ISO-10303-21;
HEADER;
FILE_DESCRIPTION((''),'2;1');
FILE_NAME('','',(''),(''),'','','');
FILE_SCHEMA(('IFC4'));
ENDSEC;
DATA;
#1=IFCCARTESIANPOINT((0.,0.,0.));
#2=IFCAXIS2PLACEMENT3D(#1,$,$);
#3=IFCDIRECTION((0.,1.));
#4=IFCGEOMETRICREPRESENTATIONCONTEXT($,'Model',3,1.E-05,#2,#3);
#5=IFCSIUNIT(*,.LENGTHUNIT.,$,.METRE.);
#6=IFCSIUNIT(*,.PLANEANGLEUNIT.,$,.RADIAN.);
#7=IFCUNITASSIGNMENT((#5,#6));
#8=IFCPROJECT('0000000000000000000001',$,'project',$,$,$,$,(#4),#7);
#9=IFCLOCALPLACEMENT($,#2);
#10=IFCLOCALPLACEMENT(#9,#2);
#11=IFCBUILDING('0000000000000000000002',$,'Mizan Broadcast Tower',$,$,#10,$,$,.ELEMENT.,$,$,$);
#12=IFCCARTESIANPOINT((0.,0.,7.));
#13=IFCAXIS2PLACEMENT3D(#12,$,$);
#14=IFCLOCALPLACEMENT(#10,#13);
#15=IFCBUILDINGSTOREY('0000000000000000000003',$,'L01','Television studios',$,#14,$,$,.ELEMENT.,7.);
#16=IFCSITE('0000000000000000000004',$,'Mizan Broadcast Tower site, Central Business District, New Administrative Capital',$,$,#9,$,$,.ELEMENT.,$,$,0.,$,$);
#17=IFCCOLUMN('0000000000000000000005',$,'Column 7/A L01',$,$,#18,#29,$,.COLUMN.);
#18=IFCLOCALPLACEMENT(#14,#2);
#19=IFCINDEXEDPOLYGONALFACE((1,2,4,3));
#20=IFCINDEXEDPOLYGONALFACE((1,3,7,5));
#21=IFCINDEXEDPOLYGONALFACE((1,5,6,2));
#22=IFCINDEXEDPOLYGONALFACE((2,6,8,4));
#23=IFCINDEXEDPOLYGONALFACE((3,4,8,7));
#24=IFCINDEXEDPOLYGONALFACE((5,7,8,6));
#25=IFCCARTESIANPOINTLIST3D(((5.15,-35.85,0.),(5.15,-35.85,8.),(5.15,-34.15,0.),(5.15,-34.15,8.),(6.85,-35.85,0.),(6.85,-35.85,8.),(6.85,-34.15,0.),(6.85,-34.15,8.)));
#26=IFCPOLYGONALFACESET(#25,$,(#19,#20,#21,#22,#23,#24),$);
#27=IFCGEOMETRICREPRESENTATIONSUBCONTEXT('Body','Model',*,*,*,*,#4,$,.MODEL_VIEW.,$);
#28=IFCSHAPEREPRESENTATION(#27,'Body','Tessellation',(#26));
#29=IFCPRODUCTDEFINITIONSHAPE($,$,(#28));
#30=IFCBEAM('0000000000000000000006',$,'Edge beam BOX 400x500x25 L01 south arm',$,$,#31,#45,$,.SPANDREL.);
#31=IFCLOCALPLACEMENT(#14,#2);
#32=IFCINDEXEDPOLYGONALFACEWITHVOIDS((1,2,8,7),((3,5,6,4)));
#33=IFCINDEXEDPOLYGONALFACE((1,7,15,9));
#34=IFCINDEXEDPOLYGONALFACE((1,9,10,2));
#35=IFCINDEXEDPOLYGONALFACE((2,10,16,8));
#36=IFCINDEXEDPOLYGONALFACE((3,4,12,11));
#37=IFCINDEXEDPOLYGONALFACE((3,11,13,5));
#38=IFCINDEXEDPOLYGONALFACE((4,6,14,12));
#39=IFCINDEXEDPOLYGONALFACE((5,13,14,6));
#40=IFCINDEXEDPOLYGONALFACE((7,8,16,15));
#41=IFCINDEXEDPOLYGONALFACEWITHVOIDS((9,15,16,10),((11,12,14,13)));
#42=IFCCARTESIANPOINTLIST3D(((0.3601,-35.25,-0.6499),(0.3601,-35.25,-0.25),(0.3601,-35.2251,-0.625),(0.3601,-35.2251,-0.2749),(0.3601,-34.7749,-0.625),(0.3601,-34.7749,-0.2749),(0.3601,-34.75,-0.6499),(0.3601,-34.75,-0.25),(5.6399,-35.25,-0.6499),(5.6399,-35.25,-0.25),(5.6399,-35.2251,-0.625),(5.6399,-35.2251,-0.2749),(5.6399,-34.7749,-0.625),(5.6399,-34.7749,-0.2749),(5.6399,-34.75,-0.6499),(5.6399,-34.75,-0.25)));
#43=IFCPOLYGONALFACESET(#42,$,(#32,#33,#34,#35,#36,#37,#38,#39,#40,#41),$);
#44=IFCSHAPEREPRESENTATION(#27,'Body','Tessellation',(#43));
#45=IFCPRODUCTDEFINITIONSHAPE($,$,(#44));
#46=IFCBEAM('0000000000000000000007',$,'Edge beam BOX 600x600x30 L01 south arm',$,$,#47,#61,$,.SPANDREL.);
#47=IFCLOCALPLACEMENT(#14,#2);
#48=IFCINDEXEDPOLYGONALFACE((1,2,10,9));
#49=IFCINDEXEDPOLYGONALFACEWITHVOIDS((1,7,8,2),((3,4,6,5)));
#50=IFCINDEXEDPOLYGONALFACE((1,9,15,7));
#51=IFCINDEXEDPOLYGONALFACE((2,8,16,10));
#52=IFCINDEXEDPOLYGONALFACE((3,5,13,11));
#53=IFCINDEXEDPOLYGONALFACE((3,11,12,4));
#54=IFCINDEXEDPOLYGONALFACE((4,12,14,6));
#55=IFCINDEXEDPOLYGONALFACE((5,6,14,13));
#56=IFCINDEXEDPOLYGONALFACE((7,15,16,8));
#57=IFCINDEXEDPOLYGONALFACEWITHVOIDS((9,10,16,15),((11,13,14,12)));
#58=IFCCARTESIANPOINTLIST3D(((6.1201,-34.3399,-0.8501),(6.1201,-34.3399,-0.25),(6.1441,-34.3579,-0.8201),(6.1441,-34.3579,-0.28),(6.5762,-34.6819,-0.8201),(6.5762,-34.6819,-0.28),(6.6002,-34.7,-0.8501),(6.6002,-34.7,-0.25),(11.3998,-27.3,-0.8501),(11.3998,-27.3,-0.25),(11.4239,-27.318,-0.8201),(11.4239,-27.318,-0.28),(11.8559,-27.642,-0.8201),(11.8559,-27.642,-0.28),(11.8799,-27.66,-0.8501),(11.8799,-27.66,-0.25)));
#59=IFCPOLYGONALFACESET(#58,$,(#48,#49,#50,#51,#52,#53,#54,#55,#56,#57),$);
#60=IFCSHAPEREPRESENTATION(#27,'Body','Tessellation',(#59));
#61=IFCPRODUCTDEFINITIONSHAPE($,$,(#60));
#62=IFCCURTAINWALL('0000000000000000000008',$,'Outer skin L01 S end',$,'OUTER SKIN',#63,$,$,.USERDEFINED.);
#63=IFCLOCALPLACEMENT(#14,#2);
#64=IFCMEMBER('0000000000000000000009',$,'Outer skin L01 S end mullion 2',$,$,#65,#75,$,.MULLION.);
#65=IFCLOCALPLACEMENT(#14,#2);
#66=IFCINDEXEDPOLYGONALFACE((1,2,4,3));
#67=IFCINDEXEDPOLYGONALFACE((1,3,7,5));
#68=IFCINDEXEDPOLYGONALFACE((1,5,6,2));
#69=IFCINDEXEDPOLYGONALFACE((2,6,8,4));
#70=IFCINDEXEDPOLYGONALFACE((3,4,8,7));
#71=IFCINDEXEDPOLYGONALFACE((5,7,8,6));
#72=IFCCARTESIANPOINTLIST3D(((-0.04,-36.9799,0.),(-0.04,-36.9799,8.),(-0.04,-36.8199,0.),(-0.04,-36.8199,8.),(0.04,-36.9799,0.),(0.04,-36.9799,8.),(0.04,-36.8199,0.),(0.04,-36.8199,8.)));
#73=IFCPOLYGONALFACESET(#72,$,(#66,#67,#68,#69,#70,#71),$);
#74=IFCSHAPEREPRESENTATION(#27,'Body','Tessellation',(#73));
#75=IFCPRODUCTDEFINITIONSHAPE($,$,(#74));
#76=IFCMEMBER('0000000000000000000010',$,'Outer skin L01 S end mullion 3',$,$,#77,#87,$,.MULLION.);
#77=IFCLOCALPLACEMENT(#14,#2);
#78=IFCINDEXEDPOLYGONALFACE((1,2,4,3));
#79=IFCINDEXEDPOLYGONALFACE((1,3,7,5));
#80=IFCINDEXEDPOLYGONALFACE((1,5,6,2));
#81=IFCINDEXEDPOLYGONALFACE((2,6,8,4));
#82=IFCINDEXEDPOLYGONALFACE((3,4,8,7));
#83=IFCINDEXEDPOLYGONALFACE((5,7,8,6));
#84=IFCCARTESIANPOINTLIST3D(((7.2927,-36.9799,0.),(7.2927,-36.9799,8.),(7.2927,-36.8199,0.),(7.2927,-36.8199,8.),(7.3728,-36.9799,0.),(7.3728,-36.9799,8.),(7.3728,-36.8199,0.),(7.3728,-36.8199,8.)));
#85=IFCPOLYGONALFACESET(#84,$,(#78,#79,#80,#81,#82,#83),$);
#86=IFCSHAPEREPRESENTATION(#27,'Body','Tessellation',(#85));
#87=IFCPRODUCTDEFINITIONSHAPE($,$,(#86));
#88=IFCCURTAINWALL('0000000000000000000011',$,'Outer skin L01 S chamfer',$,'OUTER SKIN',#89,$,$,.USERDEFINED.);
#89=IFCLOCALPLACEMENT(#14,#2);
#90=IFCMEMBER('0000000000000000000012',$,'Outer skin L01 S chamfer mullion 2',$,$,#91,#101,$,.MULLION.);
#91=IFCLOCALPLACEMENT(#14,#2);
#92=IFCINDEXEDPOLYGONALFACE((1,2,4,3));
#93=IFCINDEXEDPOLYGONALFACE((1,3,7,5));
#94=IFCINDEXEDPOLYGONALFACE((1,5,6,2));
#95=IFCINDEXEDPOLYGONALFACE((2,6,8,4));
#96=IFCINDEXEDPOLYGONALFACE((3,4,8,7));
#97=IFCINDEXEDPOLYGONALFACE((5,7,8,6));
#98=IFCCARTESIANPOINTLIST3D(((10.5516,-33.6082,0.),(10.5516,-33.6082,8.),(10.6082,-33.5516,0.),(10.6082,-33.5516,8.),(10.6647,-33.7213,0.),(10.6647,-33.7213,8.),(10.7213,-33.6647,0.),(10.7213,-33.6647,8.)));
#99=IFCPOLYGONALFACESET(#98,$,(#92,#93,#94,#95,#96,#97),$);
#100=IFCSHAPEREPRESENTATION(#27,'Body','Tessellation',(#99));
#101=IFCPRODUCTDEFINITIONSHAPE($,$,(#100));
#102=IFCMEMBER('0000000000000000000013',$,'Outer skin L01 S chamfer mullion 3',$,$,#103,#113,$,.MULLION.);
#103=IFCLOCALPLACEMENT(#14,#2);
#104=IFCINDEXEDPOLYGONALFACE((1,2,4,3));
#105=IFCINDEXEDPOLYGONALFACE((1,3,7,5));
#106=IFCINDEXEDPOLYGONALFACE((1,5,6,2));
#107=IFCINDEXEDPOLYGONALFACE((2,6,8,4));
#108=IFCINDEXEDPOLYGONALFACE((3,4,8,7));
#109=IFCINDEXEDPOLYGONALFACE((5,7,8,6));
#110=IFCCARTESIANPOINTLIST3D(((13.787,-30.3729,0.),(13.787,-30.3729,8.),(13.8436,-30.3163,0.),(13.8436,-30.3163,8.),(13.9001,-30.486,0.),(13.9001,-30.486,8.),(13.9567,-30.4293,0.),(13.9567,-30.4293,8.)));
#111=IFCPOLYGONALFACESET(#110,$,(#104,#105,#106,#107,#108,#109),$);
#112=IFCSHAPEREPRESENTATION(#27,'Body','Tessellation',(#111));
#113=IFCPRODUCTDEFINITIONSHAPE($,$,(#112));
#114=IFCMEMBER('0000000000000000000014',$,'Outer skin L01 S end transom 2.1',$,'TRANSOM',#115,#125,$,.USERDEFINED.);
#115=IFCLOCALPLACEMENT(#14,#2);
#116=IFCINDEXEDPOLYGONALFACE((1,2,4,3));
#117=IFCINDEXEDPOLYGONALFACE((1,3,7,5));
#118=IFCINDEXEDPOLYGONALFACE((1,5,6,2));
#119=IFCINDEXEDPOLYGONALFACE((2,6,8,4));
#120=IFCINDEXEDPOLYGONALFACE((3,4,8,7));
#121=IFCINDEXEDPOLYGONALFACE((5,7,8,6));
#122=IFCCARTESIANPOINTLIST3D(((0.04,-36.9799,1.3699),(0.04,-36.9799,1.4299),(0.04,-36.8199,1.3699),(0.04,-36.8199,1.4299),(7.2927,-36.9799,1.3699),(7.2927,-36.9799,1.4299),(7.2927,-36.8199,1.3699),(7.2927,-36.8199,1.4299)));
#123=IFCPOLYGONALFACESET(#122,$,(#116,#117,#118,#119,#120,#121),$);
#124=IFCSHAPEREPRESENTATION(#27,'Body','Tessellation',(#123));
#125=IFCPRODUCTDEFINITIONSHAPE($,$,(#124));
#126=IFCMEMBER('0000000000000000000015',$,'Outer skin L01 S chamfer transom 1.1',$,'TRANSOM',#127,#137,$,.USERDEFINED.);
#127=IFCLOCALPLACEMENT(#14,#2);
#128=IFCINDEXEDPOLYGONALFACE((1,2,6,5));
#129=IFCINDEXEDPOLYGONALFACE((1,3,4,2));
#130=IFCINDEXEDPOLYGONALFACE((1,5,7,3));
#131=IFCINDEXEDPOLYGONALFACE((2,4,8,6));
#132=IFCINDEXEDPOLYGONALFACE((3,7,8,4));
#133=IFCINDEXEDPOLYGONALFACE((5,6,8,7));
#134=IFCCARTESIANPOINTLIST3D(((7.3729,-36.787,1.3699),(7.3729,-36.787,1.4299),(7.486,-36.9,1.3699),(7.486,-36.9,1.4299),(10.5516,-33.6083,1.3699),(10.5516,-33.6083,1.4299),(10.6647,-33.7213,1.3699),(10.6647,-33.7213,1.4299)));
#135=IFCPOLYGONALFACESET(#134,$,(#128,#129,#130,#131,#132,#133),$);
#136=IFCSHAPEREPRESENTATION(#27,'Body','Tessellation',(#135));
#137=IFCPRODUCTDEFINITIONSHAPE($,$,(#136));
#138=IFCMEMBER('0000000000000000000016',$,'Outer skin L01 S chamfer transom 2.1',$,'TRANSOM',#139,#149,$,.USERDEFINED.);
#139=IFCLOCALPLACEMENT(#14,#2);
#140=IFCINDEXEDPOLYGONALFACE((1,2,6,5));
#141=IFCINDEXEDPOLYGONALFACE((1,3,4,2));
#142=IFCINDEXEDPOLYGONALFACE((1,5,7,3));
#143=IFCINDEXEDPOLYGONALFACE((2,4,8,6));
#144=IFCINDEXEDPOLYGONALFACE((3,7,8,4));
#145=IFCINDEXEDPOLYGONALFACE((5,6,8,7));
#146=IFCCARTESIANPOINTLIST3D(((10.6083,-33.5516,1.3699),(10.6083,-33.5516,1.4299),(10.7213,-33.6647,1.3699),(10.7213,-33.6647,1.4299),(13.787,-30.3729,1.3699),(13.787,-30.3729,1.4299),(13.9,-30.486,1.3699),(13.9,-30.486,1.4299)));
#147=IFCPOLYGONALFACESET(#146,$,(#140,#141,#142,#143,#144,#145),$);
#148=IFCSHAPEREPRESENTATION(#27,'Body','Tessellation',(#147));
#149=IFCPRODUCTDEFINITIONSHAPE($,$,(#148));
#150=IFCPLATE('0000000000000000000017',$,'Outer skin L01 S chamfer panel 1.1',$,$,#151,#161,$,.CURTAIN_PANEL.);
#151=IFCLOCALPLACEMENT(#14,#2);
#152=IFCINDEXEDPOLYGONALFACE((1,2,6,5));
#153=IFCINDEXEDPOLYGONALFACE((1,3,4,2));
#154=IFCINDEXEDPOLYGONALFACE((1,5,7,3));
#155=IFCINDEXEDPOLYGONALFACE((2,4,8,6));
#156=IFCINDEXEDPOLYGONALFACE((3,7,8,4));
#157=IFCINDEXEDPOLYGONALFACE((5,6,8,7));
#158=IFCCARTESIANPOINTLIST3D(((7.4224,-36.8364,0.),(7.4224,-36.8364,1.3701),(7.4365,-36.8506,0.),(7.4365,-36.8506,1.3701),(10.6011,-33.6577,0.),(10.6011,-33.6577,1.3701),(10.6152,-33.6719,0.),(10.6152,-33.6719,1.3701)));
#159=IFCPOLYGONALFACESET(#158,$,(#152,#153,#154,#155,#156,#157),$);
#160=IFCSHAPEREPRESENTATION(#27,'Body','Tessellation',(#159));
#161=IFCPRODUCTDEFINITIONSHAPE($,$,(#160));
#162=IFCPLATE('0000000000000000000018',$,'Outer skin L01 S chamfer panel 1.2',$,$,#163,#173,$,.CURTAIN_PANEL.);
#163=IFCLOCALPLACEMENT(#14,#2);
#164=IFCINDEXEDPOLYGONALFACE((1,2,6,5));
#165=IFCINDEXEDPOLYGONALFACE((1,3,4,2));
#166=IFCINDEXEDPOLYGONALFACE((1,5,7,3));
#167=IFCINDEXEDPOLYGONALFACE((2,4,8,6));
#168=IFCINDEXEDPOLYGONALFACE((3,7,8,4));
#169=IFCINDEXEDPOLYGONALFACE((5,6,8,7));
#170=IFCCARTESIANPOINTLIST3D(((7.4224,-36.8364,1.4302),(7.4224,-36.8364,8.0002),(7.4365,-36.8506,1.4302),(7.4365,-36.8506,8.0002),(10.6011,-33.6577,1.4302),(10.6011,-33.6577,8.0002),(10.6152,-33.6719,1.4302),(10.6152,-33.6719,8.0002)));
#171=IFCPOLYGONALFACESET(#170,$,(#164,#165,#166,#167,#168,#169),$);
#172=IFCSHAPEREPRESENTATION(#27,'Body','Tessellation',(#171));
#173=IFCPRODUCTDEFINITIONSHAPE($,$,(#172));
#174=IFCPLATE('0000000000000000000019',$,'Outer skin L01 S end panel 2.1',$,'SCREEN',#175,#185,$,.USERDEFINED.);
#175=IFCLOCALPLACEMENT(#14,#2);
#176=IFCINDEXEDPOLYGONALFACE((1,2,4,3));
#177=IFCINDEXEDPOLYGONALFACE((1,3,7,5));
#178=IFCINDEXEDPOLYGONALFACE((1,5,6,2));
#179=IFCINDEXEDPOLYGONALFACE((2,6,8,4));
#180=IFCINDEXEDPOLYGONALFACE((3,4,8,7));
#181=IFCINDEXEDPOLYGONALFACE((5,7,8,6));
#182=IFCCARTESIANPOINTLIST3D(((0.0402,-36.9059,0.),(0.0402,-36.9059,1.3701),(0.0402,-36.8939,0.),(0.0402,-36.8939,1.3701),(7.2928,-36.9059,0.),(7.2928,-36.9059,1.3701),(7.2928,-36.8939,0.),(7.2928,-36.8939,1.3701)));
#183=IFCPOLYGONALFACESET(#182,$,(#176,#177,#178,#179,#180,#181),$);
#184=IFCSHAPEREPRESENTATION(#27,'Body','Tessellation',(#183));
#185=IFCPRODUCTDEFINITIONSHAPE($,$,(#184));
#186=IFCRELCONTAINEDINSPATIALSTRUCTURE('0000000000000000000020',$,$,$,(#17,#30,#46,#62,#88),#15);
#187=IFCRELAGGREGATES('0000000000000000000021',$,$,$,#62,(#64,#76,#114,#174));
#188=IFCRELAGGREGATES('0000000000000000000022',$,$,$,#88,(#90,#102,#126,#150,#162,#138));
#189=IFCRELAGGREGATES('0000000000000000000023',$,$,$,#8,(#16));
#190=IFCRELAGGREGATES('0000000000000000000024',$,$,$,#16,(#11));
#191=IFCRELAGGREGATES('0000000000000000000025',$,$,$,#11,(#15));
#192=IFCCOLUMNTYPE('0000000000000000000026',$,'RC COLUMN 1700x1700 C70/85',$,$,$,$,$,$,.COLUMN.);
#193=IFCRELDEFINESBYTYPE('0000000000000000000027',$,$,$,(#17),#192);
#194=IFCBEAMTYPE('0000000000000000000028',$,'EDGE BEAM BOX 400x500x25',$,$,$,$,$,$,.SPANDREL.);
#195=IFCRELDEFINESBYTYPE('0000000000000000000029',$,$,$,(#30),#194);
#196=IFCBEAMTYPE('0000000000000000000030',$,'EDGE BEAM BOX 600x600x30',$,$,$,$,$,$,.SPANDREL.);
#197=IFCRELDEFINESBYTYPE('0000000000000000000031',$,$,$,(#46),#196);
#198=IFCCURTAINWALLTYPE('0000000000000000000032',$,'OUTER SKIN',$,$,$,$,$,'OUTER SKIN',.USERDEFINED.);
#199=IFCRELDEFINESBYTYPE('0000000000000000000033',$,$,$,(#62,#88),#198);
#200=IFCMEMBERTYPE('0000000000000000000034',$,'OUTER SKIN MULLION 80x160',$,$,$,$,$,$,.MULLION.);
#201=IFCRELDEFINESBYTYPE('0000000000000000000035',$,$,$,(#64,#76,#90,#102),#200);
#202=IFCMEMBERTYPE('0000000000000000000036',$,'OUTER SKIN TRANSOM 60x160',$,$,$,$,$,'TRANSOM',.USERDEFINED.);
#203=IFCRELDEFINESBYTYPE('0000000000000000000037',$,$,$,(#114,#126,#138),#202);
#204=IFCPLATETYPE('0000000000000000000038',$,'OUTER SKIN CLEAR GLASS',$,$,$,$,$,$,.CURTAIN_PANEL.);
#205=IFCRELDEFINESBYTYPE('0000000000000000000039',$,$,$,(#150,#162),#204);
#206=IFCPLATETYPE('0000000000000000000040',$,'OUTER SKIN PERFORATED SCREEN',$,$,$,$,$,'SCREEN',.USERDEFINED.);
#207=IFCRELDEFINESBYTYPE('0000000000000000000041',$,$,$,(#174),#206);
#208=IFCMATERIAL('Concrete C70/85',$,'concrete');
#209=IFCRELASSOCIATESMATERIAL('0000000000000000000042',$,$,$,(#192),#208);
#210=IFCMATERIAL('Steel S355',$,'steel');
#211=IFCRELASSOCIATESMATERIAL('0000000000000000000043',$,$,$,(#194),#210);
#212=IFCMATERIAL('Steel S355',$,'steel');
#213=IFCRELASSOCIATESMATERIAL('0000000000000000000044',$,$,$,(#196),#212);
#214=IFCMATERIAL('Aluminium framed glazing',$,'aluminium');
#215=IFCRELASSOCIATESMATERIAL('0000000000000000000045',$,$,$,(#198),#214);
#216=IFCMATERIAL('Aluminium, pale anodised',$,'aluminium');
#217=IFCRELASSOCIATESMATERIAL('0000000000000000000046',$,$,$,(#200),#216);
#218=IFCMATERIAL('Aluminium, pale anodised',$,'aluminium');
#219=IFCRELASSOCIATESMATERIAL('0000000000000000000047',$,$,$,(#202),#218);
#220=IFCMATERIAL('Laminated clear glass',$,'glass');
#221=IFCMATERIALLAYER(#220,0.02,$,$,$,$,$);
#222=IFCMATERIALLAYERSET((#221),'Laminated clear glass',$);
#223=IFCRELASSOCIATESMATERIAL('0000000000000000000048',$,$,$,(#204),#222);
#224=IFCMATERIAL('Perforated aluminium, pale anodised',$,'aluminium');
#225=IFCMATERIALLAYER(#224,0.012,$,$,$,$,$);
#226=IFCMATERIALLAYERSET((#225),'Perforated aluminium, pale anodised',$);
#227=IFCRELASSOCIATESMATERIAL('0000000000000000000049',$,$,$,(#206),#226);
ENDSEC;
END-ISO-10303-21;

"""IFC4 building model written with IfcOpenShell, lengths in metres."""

from ifc_helpers import new_model, si_unit, direction, frame, origin, origin_2d, place, context, subcontext, project, spatial, rectangle, hollow_rectangle, extrude, material, layer, layer_set, material_profile, profile_set, type_object, element, aggregate, save


model = new_model("IFC4")

# Units and contexts
model_context = context("Model", 3, precision=1e-05, world=origin(), true_north=direction((0.0, 1.0)))
body_context = subcontext(model_context, "Body", "Model", "MODEL_VIEW")
ifc_project = project(units=[si_unit("LENGTHUNIT", "METRE"), si_unit("PLANEANGLEUNIT", "RADIAN")], contexts=[model_context])

# Site, building, storey
site_placement = place(None, origin())
site = spatial("IfcSite", under=ifc_project, at=site_placement, Name="Mizan Broadcast Tower site, Central Business District, New Administrative Capital", CompositionType="ELEMENT", RefElevation=0.0)
building_placement = place(site_placement, origin())
building = spatial("IfcBuilding", under=site, at=building_placement, Name="Mizan Broadcast Tower", CompositionType="ELEMENT")
storey_placement = place(building_placement, frame((0.0, 0.0, 7.0)))
storey = spatial("IfcBuildingStorey", under=building, at=storey_placement, Name="L01", Description="Television studios", CompositionType="ELEMENT", Elevation=7.0)

# Column
ifc_material_1 = material(Name="Concrete C70/85", Category="concrete")
ifc_material_profile_1 = material_profile(ifc_material_1, rectangle(XDim=1.7, YDim=1.7, at=origin_2d()), Name="RC 1700x1700")
ifc_profile_set_1 = profile_set([ifc_material_profile_1], Name="Concrete C70/85")
column_type = type_object("IfcColumnType", Name="RC COLUMN 1700x1700 C70/85", PredefinedType="COLUMN", material=ifc_profile_set_1)
column_placement = place(storey_placement, frame((6.0, -35.0, 0.0), z_axis=(0.0, 0.0, 1.0), x_axis=(1.0, 0.0, 0.0)))
element("IfcColumn", 1, at=column_placement, inside=storey, type_object=column_type, Name="Column 7/A L01", PredefinedType="COLUMN", context=body_context, shape_type="SweptSolid", body=[
    extrude(rectangle(XDim=1.7, YDim=1.7, at=origin_2d()), origin(), (0.0, 0.0, 1.0), 8.0),
])

# Beams
ifc_material_2 = material(Name="Steel S355", Category="steel")
ifc_material_profile_2 = material_profile(ifc_material_2, hollow_rectangle(XDim=0.5, YDim=0.3999, WallThickness=0.0249, at=origin_2d()), Name="BOX 400x500x25")
ifc_profile_set_2 = profile_set([ifc_material_profile_2], Name="Steel S355")
beam_type_1 = type_object("IfcBeamType", Name="EDGE BEAM BOX 400x500x25", PredefinedType="SPANDREL", material=ifc_profile_set_2)
beam_1_placement = place(storey_placement, frame((5.6399, -35.0, -0.45), z_axis=(-1.0, 0.0, 0.0), x_axis=(0.0, -1.0, 0.0)))
element("IfcBeam", 2, at=beam_1_placement, inside=storey, type_object=beam_type_1, Name="Edge beam BOX 400x500x25 L01 south arm", PredefinedType="SPANDREL", context=body_context, shape_type="SweptSolid", body=[
    extrude(hollow_rectangle(XDim=0.5, YDim=0.3999, WallThickness=0.0249, at=origin_2d()), origin(), (0.0, 0.0, 1.0), 5.2798),
])
ifc_material_3 = material(Name="Steel S355", Category="steel")
ifc_material_profile_3 = material_profile(ifc_material_3, hollow_rectangle(XDim=0.6001, YDim=0.6001, WallThickness=0.03, at=origin_2d()), Name="BOX 600x600x30")
ifc_profile_set_3 = profile_set([ifc_material_profile_3], Name="Steel S355")
beam_type_2 = type_object("IfcBeamType", Name="EDGE BEAM BOX 600x600x30", PredefinedType="SPANDREL", material=ifc_profile_set_3)
beam_2_placement = place(storey_placement, frame((11.6399, -27.48, -0.55), z_axis=(-0.599982, -0.800013, 0.0), x_axis=(0.800013, -0.599982, 0.0)))
element("IfcBeam", 3, at=beam_2_placement, inside=storey, type_object=beam_type_2, Name="Edge beam BOX 600x600x30 L01 south arm", PredefinedType="SPANDREL", context=body_context, shape_type="SweptSolid", body=[
    extrude(hollow_rectangle(XDim=0.6001, YDim=0.6001, WallThickness=0.03, at=origin_2d()), origin(), (0.0, 0.0, 1.0), 8.7998),
])

# Curtain walls, members
ifc_material_4 = material(Name="Aluminium framed glazing", Category="aluminium")
curtain_wall_type = type_object("IfcCurtainWallType", Name="OUTER SKIN", ElementType="OUTER SKIN", PredefinedType="USERDEFINED", material=ifc_material_4)
curtain_wall_1_placement = place(storey_placement, origin())
curtain_wall_1 = element("IfcCurtainWall", 4, at=curtain_wall_1_placement, inside=storey, type_object=curtain_wall_type, Name="Outer skin L01 S end", ObjectType="OUTER SKIN", PredefinedType="USERDEFINED")
ifc_material_5 = material(Name="Aluminium, pale anodised", Category="aluminium")
ifc_material_profile_4 = material_profile(ifc_material_5, rectangle(XDim=0.1599, YDim=0.0801, at=origin_2d()), Name="MULLION 160x80")
ifc_profile_set_4 = profile_set([ifc_material_profile_4], Name="Aluminium, pale anodised")
member_type_1 = type_object("IfcMemberType", Name="OUTER SKIN MULLION 80x160", PredefinedType="MULLION", material=ifc_profile_set_4)
member_1_placement = place(storey_placement, frame((0.0, -36.8999, 0.0), z_axis=(0.0, 0.0, 1.0), x_axis=(0.0, 1.0, 0.0)))
member_1 = element("IfcMember", 5, at=member_1_placement, type_object=member_type_1, Name="Outer skin L01 S end mullion 2", PredefinedType="MULLION", context=body_context, shape_type="SweptSolid", body=[
    extrude(rectangle(XDim=0.1599, YDim=0.0801, at=origin_2d()), origin(), (0.0, 0.0, 1.0), 8.0),
])
member_2_placement = place(storey_placement, frame((7.3328, -36.8999, 0.0), z_axis=(0.0, 0.0, 1.0), x_axis=(0.0, 1.0, 0.0)))
member_2 = element("IfcMember", 6, at=member_2_placement, type_object=member_type_1, Name="Outer skin L01 S end mullion 3", PredefinedType="MULLION", context=body_context, shape_type="SweptSolid", body=[
    extrude(rectangle(XDim=0.1599, YDim=0.0801, at=origin_2d()), origin(), (0.0, 0.0, 1.0), 8.0),
])
curtain_wall_2_placement = place(storey_placement, origin())
curtain_wall_2 = element("IfcCurtainWall", 7, at=curtain_wall_2_placement, inside=storey, type_object=curtain_wall_type, Name="Outer skin L01 S chamfer", ObjectType="OUTER SKIN", PredefinedType="USERDEFINED")
member_3_placement = place(storey_placement, frame((10.6365, -33.6365, 0.0), z_axis=(0.0, 0.0, 1.0), x_axis=(-0.707107, 0.707107, 0.0)))
member_3 = element("IfcMember", 8, at=member_3_placement, type_object=member_type_1, Name="Outer skin L01 S chamfer mullion 2", PredefinedType="MULLION", context=body_context, shape_type="SweptSolid", body=[
    extrude(rectangle(XDim=0.1599, YDim=0.0801, at=origin_2d()), origin(), (0.0, 0.0, 1.0), 8.0),
])
member_4_placement = place(storey_placement, frame((13.8718, -30.4011, 0.0), z_axis=(0.0, 0.0, 1.0), x_axis=(-0.707107, 0.707107, 0.0)))
member_4 = element("IfcMember", 9, at=member_4_placement, type_object=member_type_1, Name="Outer skin L01 S chamfer mullion 3", PredefinedType="MULLION", context=body_context, shape_type="SweptSolid", body=[
    extrude(rectangle(XDim=0.1599, YDim=0.0801, at=origin_2d()), origin(), (0.0, 0.0, 1.0), 8.0),
])

# Members
ifc_material_6 = material(Name="Aluminium, pale anodised", Category="aluminium")
ifc_material_profile_5 = material_profile(ifc_material_6, rectangle(XDim=0.1599, YDim=0.0601, at=origin_2d()), Name="TRANSOM 160x60")
ifc_profile_set_5 = profile_set([ifc_material_profile_5], Name="Aluminium, pale anodised")
member_type_2 = type_object("IfcMemberType", Name="OUTER SKIN TRANSOM 60x160", ElementType="TRANSOM", PredefinedType="USERDEFINED", material=ifc_profile_set_5)
member_5_placement = place(storey_placement, frame((0.04, -36.8999, 1.3999), z_axis=(1.0, 0.0, 0.0), x_axis=(0.0, 1.0, 0.0)))
member_5 = element("IfcMember", 10, at=member_5_placement, type_object=member_type_2, Name="Outer skin L01 S end transom 2.1", ObjectType="TRANSOM", PredefinedType="USERDEFINED", context=body_context, shape_type="SweptSolid", body=[
    extrude(rectangle(XDim=0.1599, YDim=0.0601, at=origin_2d()), origin(), (0.0, 0.0, 1.0), 7.2527),
])
member_6_placement = place(storey_placement, frame((7.4294, -36.8435, 1.3999), z_axis=(0.707107, 0.707107, 0.0), x_axis=(-0.707107, 0.707107, 0.0)))
member_6 = element("IfcMember", 11, at=member_6_placement, type_object=member_type_2, Name="Outer skin L01 S chamfer transom 1.1", ObjectType="TRANSOM", PredefinedType="USERDEFINED", context=body_context, shape_type="SweptSolid", body=[
    extrude(rectangle(XDim=0.1599, YDim=0.0601, at=origin_2d()), origin(), (0.0, 0.0, 1.0), 4.4954),
])
member_7_placement = place(storey_placement, frame((10.6648, -33.6082, 1.3999), z_axis=(0.707107, 0.707107, 0.0), x_axis=(-0.707107, 0.707107, 0.0)))
member_7 = element("IfcMember", 12, at=member_7_placement, type_object=member_type_2, Name="Outer skin L01 S chamfer transom 2.1", ObjectType="TRANSOM", PredefinedType="USERDEFINED", context=body_context, shape_type="SweptSolid", body=[
    extrude(rectangle(XDim=0.1599, YDim=0.0601, at=origin_2d()), origin(), (0.0, 0.0, 1.0), 4.4954),
])

# Plates
ifc_material_7 = material(Name="Laminated clear glass", Category="glass")
ifc_layer_1 = layer(ifc_material_7, 0.02)
ifc_layer_set_1 = layer_set([ifc_layer_1], Name="Laminated clear glass")
plate_type_1 = type_object("IfcPlateType", Name="OUTER SKIN CLEAR GLASS", PredefinedType="CURTAIN_PANEL", material=ifc_layer_set_1)
plate_1_placement = place(storey_placement, frame((9.0188, -35.2542, 0.0), z_axis=(0.0, 0.0, 1.0), x_axis=(0.707107, 0.707107, 0.0)))
plate_1 = element("IfcPlate", 13, at=plate_1_placement, type_object=plate_type_1, Name="Outer skin L01 S chamfer panel 1.1", PredefinedType="CURTAIN_PANEL", context=body_context, shape_type="SweptSolid", body=[
    extrude(rectangle(XDim=4.4954, YDim=0.02, at=origin_2d()), origin(), (0.0, 0.0, 1.0), 1.3701),
])
plate_2_placement = place(storey_placement, frame((9.0188, -35.2542, 1.4302), z_axis=(0.0, 0.0, 1.0), x_axis=(0.707107, 0.707107, 0.0)))
plate_2 = element("IfcPlate", 14, at=plate_2_placement, type_object=plate_type_1, Name="Outer skin L01 S chamfer panel 1.2", PredefinedType="CURTAIN_PANEL", context=body_context, shape_type="SweptSolid", body=[
    extrude(rectangle(XDim=4.4954, YDim=0.02, at=origin_2d()), origin(), (0.0, 0.0, 1.0), 6.5701),
])
ifc_material_8 = material(Name="Perforated aluminium, pale anodised", Category="aluminium")
ifc_layer_2 = layer(ifc_material_8, 0.012)
ifc_layer_set_2 = layer_set([ifc_layer_2], Name="Perforated aluminium, pale anodised")
plate_type_2 = type_object("IfcPlateType", Name="OUTER SKIN PERFORATED SCREEN", ElementType="SCREEN", PredefinedType="USERDEFINED", material=ifc_layer_set_2)
plate_3_placement = place(storey_placement, frame((3.6665, -36.8999, 0.0), z_axis=(0.0, 0.0, 1.0), x_axis=(1.0, 0.0, 0.0)))
plate_3 = element("IfcPlate", 15, at=plate_3_placement, type_object=plate_type_2, Name="Outer skin L01 S end panel 2.1", ObjectType="SCREEN", PredefinedType="USERDEFINED", context=body_context, shape_type="SweptSolid", body=[
    extrude(rectangle(XDim=7.2527, YDim=0.012, at=origin_2d()), origin(), (0.0, 0.0, 1.0), 1.3701),
])
aggregate(curtain_wall_1, [member_1, member_2, member_5, plate_3])
aggregate(curtain_wall_2, [member_3, member_4, member_6, plate_1, plate_2, member_7])

save(model, "model.ifc")
